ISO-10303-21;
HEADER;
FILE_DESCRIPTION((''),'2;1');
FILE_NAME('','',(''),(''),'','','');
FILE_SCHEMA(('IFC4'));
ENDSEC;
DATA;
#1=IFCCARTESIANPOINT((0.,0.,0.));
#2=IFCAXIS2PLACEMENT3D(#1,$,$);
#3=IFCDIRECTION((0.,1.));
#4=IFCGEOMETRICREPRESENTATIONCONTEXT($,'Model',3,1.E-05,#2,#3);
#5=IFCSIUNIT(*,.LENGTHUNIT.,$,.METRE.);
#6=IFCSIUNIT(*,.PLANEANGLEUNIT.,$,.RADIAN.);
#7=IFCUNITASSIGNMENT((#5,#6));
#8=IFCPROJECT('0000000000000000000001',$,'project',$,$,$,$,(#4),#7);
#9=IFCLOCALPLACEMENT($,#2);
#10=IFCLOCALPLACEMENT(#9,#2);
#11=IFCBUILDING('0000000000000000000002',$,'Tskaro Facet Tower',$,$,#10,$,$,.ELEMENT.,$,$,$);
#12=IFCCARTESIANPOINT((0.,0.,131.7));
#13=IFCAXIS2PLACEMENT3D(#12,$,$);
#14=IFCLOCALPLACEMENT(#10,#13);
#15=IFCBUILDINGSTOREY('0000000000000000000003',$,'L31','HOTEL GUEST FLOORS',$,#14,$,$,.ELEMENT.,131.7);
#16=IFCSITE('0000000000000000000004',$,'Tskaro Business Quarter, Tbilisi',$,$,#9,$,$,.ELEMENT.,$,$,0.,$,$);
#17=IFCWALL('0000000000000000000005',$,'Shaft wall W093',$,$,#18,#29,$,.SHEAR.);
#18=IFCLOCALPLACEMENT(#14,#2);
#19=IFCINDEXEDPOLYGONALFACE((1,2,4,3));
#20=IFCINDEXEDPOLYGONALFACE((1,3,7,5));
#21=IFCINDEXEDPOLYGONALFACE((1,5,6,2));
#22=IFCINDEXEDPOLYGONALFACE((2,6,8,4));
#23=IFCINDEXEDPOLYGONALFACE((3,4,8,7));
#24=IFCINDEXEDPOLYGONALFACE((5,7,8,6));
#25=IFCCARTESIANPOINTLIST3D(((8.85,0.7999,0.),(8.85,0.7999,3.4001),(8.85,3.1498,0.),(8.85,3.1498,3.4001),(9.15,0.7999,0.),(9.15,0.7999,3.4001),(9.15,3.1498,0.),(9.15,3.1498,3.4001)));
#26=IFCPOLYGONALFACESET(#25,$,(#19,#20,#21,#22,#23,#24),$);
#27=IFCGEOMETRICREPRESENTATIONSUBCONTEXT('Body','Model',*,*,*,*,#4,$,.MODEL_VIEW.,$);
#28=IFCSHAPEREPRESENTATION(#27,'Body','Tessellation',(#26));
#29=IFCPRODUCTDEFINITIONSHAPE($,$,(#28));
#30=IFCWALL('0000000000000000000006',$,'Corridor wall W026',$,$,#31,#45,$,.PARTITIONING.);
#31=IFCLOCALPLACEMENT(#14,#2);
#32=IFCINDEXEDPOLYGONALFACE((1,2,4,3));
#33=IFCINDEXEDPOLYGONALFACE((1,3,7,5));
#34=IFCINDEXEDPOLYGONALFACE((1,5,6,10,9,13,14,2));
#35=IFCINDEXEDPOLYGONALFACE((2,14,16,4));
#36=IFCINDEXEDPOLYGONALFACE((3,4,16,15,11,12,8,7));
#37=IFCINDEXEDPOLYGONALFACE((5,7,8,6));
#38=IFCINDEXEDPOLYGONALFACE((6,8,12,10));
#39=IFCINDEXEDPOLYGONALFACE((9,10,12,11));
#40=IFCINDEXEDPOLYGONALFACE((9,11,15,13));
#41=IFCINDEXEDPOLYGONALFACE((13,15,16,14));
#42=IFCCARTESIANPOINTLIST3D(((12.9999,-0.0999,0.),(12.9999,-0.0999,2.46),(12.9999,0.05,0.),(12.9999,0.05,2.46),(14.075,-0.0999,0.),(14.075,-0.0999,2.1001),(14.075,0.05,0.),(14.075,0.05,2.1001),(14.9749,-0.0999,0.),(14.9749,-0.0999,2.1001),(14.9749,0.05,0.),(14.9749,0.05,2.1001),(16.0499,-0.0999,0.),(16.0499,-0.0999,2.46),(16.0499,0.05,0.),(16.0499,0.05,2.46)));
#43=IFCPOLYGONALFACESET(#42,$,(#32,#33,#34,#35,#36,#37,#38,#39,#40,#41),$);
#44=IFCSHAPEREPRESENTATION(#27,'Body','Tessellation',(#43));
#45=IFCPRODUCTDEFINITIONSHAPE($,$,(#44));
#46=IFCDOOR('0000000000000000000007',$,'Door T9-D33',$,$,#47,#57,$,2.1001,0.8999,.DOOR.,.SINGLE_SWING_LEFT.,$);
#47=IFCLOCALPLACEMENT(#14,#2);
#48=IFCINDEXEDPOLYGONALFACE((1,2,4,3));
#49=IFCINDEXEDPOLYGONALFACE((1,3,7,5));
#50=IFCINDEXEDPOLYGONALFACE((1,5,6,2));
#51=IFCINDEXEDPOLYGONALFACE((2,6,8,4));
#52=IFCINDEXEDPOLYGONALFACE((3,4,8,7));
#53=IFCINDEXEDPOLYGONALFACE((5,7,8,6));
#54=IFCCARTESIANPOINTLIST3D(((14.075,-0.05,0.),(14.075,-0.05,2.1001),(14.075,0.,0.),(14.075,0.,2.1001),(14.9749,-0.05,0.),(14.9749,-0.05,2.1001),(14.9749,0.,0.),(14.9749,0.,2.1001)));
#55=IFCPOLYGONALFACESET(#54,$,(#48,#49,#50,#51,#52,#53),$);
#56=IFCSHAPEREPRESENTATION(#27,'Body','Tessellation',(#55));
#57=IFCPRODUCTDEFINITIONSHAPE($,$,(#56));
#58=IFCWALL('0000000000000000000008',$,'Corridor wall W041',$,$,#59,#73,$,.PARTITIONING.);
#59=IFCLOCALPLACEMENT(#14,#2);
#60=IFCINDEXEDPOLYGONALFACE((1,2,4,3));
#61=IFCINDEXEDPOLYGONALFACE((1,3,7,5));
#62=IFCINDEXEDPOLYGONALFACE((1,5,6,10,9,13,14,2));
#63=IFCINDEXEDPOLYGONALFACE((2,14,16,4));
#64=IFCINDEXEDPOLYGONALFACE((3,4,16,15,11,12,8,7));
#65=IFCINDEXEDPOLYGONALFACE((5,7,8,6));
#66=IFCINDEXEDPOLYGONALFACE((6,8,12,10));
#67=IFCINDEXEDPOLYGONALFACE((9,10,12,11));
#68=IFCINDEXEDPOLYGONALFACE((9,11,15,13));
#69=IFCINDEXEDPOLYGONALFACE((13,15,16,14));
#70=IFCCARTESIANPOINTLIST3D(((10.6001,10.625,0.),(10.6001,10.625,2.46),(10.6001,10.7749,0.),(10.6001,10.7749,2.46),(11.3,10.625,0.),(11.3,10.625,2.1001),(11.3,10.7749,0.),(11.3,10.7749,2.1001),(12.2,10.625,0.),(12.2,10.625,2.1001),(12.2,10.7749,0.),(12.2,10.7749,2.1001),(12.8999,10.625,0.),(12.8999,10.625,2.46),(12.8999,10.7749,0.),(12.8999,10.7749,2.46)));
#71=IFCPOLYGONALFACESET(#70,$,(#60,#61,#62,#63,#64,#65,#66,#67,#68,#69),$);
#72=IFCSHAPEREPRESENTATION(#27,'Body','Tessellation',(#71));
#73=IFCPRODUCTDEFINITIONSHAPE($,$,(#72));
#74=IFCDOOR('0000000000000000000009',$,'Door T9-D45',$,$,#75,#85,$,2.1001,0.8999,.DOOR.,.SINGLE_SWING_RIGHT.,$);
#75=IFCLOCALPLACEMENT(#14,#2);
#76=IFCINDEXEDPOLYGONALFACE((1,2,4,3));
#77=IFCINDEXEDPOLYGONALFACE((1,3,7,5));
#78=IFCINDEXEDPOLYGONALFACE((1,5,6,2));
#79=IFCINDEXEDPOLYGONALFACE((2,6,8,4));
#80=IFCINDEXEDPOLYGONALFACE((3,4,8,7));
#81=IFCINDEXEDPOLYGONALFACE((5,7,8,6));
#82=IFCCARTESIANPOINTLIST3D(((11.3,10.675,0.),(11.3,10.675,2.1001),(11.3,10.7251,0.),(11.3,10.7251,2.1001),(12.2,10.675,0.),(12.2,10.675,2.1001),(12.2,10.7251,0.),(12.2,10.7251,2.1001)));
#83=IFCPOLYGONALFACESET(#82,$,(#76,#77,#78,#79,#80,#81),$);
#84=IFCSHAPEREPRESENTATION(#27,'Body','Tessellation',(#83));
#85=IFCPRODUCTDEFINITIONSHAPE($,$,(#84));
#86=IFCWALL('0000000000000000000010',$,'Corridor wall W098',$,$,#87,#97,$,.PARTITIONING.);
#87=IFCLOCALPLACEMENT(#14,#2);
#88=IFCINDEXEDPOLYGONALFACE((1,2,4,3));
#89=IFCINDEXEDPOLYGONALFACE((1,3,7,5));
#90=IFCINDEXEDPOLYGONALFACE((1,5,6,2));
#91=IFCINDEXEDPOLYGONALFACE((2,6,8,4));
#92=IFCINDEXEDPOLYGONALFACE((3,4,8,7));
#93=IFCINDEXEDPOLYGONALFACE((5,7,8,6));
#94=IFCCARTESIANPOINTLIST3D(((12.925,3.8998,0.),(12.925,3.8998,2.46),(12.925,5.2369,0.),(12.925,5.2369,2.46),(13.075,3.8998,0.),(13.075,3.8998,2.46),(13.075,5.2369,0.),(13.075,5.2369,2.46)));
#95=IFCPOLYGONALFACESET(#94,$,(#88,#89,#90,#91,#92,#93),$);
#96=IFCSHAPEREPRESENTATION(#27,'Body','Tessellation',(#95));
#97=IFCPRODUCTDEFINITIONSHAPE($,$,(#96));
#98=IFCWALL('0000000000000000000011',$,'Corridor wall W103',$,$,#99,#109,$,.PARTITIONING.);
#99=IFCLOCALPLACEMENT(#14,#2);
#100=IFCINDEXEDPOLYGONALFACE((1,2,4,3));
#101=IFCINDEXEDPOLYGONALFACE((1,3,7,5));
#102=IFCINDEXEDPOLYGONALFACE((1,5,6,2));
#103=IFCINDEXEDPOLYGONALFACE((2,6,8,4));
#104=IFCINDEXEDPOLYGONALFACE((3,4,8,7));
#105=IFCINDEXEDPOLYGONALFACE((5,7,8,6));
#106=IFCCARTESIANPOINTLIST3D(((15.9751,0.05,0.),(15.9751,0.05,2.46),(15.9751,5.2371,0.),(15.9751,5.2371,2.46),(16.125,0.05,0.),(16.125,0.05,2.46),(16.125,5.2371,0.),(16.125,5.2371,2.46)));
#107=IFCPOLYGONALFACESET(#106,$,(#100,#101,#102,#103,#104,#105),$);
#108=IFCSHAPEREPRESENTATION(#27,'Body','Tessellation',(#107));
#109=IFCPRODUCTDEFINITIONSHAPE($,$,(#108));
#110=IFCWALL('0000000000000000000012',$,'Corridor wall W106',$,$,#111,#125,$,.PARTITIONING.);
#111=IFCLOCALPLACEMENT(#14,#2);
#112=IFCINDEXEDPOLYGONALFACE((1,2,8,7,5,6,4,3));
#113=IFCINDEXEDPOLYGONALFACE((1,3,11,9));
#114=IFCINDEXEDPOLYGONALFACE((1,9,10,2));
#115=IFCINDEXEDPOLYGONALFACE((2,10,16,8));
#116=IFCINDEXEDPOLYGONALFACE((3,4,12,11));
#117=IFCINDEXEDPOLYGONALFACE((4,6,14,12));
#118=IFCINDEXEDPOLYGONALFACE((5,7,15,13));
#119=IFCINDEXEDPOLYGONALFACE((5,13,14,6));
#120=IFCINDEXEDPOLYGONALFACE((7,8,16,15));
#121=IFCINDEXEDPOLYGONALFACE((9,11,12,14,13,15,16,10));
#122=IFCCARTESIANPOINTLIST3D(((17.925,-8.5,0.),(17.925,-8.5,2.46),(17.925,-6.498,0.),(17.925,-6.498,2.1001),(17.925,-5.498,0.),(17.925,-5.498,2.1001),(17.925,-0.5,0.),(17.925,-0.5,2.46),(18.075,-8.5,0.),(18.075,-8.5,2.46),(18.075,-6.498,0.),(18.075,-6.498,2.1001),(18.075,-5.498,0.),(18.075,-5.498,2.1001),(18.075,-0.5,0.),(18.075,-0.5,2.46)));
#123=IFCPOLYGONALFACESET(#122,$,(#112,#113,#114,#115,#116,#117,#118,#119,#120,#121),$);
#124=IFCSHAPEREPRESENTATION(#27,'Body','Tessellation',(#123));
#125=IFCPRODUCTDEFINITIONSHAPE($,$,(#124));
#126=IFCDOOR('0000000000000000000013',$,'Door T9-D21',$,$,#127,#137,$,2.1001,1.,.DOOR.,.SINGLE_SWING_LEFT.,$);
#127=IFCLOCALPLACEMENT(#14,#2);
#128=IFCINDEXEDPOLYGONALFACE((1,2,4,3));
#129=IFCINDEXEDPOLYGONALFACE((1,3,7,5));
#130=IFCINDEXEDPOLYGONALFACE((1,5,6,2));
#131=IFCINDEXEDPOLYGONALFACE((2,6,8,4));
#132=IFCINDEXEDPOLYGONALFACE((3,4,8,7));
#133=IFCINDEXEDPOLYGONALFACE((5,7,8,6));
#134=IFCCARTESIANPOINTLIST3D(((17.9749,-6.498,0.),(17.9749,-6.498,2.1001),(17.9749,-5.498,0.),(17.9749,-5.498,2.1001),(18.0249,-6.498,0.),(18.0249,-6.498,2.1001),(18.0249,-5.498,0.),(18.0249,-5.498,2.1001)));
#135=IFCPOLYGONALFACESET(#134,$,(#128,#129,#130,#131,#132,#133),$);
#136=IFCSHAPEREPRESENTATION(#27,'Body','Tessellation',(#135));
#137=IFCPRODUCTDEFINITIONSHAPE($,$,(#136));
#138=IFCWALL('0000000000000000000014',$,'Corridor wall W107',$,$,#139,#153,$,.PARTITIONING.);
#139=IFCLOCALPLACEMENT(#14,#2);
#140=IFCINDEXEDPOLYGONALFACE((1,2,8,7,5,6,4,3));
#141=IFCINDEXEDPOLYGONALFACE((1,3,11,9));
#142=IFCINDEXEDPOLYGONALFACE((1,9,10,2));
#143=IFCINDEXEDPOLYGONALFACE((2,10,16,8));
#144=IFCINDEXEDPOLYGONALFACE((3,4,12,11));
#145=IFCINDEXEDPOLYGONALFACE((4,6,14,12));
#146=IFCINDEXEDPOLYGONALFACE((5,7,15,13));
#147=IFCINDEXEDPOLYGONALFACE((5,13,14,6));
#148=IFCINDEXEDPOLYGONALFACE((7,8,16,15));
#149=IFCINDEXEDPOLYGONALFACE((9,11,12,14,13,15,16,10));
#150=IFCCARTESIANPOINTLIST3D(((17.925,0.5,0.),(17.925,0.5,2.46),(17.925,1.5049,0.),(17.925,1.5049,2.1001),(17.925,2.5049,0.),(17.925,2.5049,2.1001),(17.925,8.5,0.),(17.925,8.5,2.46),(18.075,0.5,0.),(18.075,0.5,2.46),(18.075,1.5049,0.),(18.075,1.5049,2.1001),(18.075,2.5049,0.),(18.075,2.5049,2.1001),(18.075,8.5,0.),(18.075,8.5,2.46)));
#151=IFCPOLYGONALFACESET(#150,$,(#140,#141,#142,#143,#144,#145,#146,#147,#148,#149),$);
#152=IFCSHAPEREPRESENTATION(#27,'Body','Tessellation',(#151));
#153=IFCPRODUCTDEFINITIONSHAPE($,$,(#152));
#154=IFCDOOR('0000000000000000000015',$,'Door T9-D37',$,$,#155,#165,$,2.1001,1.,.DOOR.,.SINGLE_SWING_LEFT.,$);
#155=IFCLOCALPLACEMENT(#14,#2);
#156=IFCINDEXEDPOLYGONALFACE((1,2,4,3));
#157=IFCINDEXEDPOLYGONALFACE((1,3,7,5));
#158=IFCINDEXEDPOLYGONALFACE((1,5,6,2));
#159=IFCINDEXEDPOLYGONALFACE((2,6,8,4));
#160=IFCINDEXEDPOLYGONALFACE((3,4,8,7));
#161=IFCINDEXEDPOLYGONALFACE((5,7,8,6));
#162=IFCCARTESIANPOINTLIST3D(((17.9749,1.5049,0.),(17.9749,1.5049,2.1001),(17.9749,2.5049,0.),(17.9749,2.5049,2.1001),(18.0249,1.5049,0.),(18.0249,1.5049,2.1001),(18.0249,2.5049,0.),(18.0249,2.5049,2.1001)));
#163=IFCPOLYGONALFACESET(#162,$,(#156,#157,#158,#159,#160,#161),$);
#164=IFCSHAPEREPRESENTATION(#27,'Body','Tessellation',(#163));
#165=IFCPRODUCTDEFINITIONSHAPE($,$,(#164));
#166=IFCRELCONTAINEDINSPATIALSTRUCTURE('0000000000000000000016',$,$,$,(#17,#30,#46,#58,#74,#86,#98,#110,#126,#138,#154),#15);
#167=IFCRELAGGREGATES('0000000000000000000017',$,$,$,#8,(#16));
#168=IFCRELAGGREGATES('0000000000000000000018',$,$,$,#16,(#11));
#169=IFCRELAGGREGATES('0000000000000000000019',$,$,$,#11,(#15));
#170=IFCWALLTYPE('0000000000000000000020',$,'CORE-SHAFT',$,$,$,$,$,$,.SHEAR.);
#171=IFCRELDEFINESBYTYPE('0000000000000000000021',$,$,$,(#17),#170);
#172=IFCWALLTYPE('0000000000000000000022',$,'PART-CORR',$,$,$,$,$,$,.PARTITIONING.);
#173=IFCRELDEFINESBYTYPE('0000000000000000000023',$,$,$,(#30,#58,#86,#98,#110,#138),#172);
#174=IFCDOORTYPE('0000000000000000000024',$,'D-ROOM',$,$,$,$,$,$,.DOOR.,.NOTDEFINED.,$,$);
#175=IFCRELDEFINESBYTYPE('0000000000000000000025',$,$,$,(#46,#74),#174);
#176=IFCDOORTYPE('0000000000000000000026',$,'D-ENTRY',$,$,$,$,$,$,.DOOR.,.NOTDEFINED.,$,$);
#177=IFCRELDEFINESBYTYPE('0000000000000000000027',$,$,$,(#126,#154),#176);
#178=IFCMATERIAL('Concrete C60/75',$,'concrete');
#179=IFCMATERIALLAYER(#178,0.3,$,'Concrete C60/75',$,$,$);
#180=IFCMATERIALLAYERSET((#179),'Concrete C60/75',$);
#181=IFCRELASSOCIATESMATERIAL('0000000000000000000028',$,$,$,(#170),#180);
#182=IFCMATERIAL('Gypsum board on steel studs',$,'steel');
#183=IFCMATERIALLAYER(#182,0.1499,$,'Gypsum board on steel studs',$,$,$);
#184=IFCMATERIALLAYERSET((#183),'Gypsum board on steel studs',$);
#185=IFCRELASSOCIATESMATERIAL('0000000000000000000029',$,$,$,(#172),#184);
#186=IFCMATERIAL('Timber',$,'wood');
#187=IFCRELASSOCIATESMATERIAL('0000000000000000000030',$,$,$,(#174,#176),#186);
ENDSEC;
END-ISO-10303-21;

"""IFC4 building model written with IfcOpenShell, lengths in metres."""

from ifc_helpers import new_model, si_unit, direction, frame, frame_2d, origin, place, context, subcontext, project, spatial, rectangle, extrude, material, layer, layer_set, type_object, element, fill, save


model = new_model("IFC4")

# Units and contexts
model_context = context("Model", 3, precision=1e-05, world=origin(), true_north=direction((0.0, 1.0)))
body_context = subcontext(model_context, "Body", "Model", "MODEL_VIEW")
ifc_project = project(units=[si_unit("LENGTHUNIT", "METRE"), si_unit("PLANEANGLEUNIT", "RADIAN")], contexts=[model_context])

# Site, building, storey
site_placement = place(None, origin())
site = spatial("IfcSite", under=ifc_project, at=site_placement, Name="Tskaro Business Quarter, Tbilisi", CompositionType="ELEMENT", RefElevation=0.0)
building_placement = place(site_placement, origin())
building = spatial("IfcBuilding", under=site, at=building_placement, Name="Tskaro Facet Tower", CompositionType="ELEMENT")
storey_placement = place(building_placement, frame((0.0, 0.0, 131.7)))
storey = spatial("IfcBuildingStorey", under=building, at=storey_placement, Name="L31", Description="HOTEL GUEST FLOORS", CompositionType="ELEMENT", Elevation=131.7)

# Wall
ifc_material_1 = material(Name="Concrete C60/75", Category="concrete")
ifc_layer_1 = layer(ifc_material_1, 0.3, Name="Concrete C60/75")
ifc_layer_set_1 = layer_set([ifc_layer_1], Name="Concrete C60/75")
wall_type_1 = type_object("IfcWallType", Name="CORE-SHAFT", PredefinedType="SHEAR", material=ifc_layer_set_1)
wall_1_placement = place(storey_placement, frame((9.0, 0.8, 0.0), z_axis=(0.0, 0.0, 1.0), x_axis=(0.0, 1.0, 0.0)))
element("IfcWall", 1, at=wall_1_placement, inside=storey, type_object=wall_type_1, Name="Shaft wall W093", PredefinedType="SHEAR", context=body_context, shape_type="SweptSolid", body=[
    extrude(rectangle(XDim=2.3499, YDim=0.3, at=frame_2d((1.1748, 0.0))), origin(), (0.0, 0.0, 1.0), 3.4001),
])

# Walls, openings, doors
ifc_material_2 = material(Name="Gypsum board on steel studs", Category="steel")
ifc_layer_2 = layer(ifc_material_2, 0.1499, Name="Gypsum board on steel studs")
ifc_layer_set_2 = layer_set([ifc_layer_2], Name="Gypsum board on steel studs")
wall_type_2 = type_object("IfcWallType", Name="PART-CORR", PredefinedType="PARTITIONING", material=ifc_layer_set_2)
wall_2_placement = place(storey_placement, frame((13.0, -0.0249, 0.0), z_axis=(0.0, 0.0, 1.0), x_axis=(1.0, 0.0, 0.0)))
wall_2 = element("IfcWall", 2, at=wall_2_placement, inside=storey, type_object=wall_type_2, Name="Corridor wall W026", PredefinedType="PARTITIONING", context=body_context, shape_type="SweptSolid", body=[
    extrude(rectangle(XDim=3.05, YDim=0.1499, at=frame_2d((1.5249, 0.0))), origin(), (0.0, 0.0, 1.0), 2.46),
])
opening_1_placement = place(wall_2_placement, frame((1.075, 0.0, 0.0)))
opening_1 = element("IfcOpeningElement", 3, at=opening_1_placement, cuts=wall_2, PredefinedType="OPENING", context=body_context, shape_type="SweptSolid", body=[
    extrude(rectangle(XDim=0.8999, YDim=2.1001, at=frame_2d((0.45, 1.05))), frame((0.0, 0.085, 0.0), z_axis=(0.0, -1.0, 0.0), x_axis=(1.0, 0.0, 0.0)), (0.0, 0.0, 1.0), 0.1699),
])
ifc_material_3 = material(Name="Timber", Category="wood")
door_type_1 = type_object("IfcDoorType", Name="D-ROOM", OperationType="NOTDEFINED", PredefinedType="DOOR", material=ifc_material_3)
door_1_placement = place(opening_1_placement, origin())
door_1 = element("IfcDoor", 4, at=door_1_placement, inside=storey, type_object=door_type_1, Name="Door T9-D33", OperationType="SINGLE_SWING_LEFT", OverallHeight=2.1001, OverallWidth=0.8999, PredefinedType="DOOR", context=body_context, shape_type="SweptSolid", body=[
    extrude(rectangle(XDim=0.8999, YDim=2.1001, at=frame_2d((0.45, 1.05))), frame((0.0, 0.0249, 0.0), z_axis=(0.0, -1.0, 0.0), x_axis=(1.0, 0.0, 0.0)), (0.0, 0.0, 1.0), 0.05),
])
fill(opening_1, door_1)
wall_3_placement = place(storey_placement, frame((12.8999, 10.7, 0.0), z_axis=(0.0, 0.0, 1.0), x_axis=(-1.0, 0.0, 0.0)))
wall_3 = element("IfcWall", 5, at=wall_3_placement, inside=storey, type_object=wall_type_2, Name="Corridor wall W041", PredefinedType="PARTITIONING", context=body_context, shape_type="SweptSolid", body=[
    extrude(rectangle(XDim=2.2998, YDim=0.1499, at=frame_2d((1.1499, 0.0))), origin(), (0.0, 0.0, 1.0), 2.46),
])
opening_2_placement = place(wall_3_placement, frame((0.7, 0.0, 0.0)))
opening_2 = element("IfcOpeningElement", 6, at=opening_2_placement, cuts=wall_3, PredefinedType="OPENING", context=body_context, shape_type="SweptSolid", body=[
    extrude(rectangle(XDim=0.8999, YDim=2.1001, at=frame_2d((0.45, 1.05))), frame((0.0, 0.085, 0.0), z_axis=(0.0, -1.0, 0.0), x_axis=(1.0, 0.0, 0.0)), (0.0, 0.0, 1.0), 0.1699),
])
door_2_placement = place(opening_2_placement, origin())
door_2 = element("IfcDoor", 7, at=door_2_placement, inside=storey, type_object=door_type_1, Name="Door T9-D45", OperationType="SINGLE_SWING_RIGHT", OverallHeight=2.1001, OverallWidth=0.8999, PredefinedType="DOOR", context=body_context, shape_type="SweptSolid", body=[
    extrude(rectangle(XDim=0.8999, YDim=2.1001, at=frame_2d((0.45, 1.05))), frame((0.0, 0.0249, 0.0), z_axis=(0.0, -1.0, 0.0), x_axis=(1.0, 0.0, 0.0)), (0.0, 0.0, 1.0), 0.05),
])
fill(opening_2, door_2)

# Walls
wall_4_placement = place(storey_placement, frame((13.0, 3.8999, 0.0), z_axis=(0.0, 0.0, 1.0), x_axis=(0.0, 1.0, 0.0)))
element("IfcWall", 8, at=wall_4_placement, inside=storey, type_object=wall_type_2, Name="Corridor wall W098", PredefinedType="PARTITIONING", context=body_context, shape_type="SweptSolid", body=[
    extrude(rectangle(XDim=1.3372, YDim=0.1499, at=frame_2d((0.6685, 0.0))), origin(), (0.0, 0.0, 1.0), 2.46),
])
wall_5_placement = place(storey_placement, frame((16.05, 0.05, 0.0), z_axis=(0.0, 0.0, 1.0), x_axis=(0.0, 1.0, 0.0)))
element("IfcWall", 9, at=wall_5_placement, inside=storey, type_object=wall_type_2, Name="Corridor wall W103", PredefinedType="PARTITIONING", context=body_context, shape_type="SweptSolid", body=[
    extrude(rectangle(XDim=5.187, YDim=0.1499, at=frame_2d((2.5935, 0.0))), origin(), (0.0, 0.0, 1.0), 2.46),
])

# Walls, openings, doors
wall_6_placement = place(storey_placement, frame((18.0, -0.5, 0.0), z_axis=(0.0, 0.0, 1.0), x_axis=(0.0, -1.0, 0.0)))
wall_6 = element("IfcWall", 10, at=wall_6_placement, inside=storey, type_object=wall_type_2, Name="Corridor wall W106", PredefinedType="PARTITIONING", context=body_context, shape_type="SweptSolid", body=[
    extrude(rectangle(XDim=8.0, YDim=0.1499, at=frame_2d((4.0, 0.0))), origin(), (0.0, 0.0, 1.0), 2.46),
])
opening_3_placement = place(wall_6_placement, frame((4.998, 0.0, 0.0)))
opening_3 = element("IfcOpeningElement", 11, at=opening_3_placement, cuts=wall_6, PredefinedType="OPENING", context=body_context, shape_type="SweptSolid", body=[
    extrude(rectangle(XDim=1.0, YDim=2.1001, at=frame_2d((0.5, 1.05))), frame((0.0, 0.085, 0.0), z_axis=(0.0, -1.0, 0.0), x_axis=(1.0, 0.0, 0.0)), (0.0, 0.0, 1.0), 0.1699),
])
door_type_2 = type_object("IfcDoorType", Name="D-ENTRY", OperationType="NOTDEFINED", PredefinedType="DOOR", material=ifc_material_3)
door_3_placement = place(opening_3_placement, origin())
door_3 = element("IfcDoor", 12, at=door_3_placement, inside=storey, type_object=door_type_2, Name="Door T9-D21", OperationType="SINGLE_SWING_LEFT", OverallHeight=2.1001, OverallWidth=1.0, PredefinedType="DOOR", context=body_context, shape_type="SweptSolid", body=[
    extrude(rectangle(XDim=1.0, YDim=2.1001, at=frame_2d((0.5, 1.05))), frame((0.0, 0.0249, 0.0), z_axis=(0.0, -1.0, 0.0), x_axis=(1.0, 0.0, 0.0)), (0.0, 0.0, 1.0), 0.05),
])
fill(opening_3, door_3)
wall_7_placement = place(storey_placement, frame((18.0, 8.5, 0.0), z_axis=(0.0, 0.0, 1.0), x_axis=(0.0, -1.0, 0.0)))
wall_7 = element("IfcWall", 13, at=wall_7_placement, inside=storey, type_object=wall_type_2, Name="Corridor wall W107", PredefinedType="PARTITIONING", context=body_context, shape_type="SweptSolid", body=[
    extrude(rectangle(XDim=8.0, YDim=0.1499, at=frame_2d((4.0, 0.0))), origin(), (0.0, 0.0, 1.0), 2.46),
])
opening_4_placement = place(wall_7_placement, frame((5.9951, 0.0, 0.0)))
opening_4 = element("IfcOpeningElement", 14, at=opening_4_placement, cuts=wall_7, PredefinedType="OPENING", context=body_context, shape_type="SweptSolid", body=[
    extrude(rectangle(XDim=1.0, YDim=2.1001, at=frame_2d((0.5, 1.05))), frame((0.0, 0.085, 0.0), z_axis=(0.0, -1.0, 0.0), x_axis=(1.0, 0.0, 0.0)), (0.0, 0.0, 1.0), 0.1699),
])
door_4_placement = place(opening_4_placement, origin())
door_4 = element("IfcDoor", 15, at=door_4_placement, inside=storey, type_object=door_type_2, Name="Door T9-D37", OperationType="SINGLE_SWING_LEFT", OverallHeight=2.1001, OverallWidth=1.0, PredefinedType="DOOR", context=body_context, shape_type="SweptSolid", body=[
    extrude(rectangle(XDim=1.0, YDim=2.1001, at=frame_2d((0.5, 1.05))), frame((0.0, 0.0249, 0.0), z_axis=(0.0, -1.0, 0.0), x_axis=(1.0, 0.0, 0.0)), (0.0, 0.0, 1.0), 0.05),
])
fill(opening_4, door_4)

save(model, "model.ifc")
